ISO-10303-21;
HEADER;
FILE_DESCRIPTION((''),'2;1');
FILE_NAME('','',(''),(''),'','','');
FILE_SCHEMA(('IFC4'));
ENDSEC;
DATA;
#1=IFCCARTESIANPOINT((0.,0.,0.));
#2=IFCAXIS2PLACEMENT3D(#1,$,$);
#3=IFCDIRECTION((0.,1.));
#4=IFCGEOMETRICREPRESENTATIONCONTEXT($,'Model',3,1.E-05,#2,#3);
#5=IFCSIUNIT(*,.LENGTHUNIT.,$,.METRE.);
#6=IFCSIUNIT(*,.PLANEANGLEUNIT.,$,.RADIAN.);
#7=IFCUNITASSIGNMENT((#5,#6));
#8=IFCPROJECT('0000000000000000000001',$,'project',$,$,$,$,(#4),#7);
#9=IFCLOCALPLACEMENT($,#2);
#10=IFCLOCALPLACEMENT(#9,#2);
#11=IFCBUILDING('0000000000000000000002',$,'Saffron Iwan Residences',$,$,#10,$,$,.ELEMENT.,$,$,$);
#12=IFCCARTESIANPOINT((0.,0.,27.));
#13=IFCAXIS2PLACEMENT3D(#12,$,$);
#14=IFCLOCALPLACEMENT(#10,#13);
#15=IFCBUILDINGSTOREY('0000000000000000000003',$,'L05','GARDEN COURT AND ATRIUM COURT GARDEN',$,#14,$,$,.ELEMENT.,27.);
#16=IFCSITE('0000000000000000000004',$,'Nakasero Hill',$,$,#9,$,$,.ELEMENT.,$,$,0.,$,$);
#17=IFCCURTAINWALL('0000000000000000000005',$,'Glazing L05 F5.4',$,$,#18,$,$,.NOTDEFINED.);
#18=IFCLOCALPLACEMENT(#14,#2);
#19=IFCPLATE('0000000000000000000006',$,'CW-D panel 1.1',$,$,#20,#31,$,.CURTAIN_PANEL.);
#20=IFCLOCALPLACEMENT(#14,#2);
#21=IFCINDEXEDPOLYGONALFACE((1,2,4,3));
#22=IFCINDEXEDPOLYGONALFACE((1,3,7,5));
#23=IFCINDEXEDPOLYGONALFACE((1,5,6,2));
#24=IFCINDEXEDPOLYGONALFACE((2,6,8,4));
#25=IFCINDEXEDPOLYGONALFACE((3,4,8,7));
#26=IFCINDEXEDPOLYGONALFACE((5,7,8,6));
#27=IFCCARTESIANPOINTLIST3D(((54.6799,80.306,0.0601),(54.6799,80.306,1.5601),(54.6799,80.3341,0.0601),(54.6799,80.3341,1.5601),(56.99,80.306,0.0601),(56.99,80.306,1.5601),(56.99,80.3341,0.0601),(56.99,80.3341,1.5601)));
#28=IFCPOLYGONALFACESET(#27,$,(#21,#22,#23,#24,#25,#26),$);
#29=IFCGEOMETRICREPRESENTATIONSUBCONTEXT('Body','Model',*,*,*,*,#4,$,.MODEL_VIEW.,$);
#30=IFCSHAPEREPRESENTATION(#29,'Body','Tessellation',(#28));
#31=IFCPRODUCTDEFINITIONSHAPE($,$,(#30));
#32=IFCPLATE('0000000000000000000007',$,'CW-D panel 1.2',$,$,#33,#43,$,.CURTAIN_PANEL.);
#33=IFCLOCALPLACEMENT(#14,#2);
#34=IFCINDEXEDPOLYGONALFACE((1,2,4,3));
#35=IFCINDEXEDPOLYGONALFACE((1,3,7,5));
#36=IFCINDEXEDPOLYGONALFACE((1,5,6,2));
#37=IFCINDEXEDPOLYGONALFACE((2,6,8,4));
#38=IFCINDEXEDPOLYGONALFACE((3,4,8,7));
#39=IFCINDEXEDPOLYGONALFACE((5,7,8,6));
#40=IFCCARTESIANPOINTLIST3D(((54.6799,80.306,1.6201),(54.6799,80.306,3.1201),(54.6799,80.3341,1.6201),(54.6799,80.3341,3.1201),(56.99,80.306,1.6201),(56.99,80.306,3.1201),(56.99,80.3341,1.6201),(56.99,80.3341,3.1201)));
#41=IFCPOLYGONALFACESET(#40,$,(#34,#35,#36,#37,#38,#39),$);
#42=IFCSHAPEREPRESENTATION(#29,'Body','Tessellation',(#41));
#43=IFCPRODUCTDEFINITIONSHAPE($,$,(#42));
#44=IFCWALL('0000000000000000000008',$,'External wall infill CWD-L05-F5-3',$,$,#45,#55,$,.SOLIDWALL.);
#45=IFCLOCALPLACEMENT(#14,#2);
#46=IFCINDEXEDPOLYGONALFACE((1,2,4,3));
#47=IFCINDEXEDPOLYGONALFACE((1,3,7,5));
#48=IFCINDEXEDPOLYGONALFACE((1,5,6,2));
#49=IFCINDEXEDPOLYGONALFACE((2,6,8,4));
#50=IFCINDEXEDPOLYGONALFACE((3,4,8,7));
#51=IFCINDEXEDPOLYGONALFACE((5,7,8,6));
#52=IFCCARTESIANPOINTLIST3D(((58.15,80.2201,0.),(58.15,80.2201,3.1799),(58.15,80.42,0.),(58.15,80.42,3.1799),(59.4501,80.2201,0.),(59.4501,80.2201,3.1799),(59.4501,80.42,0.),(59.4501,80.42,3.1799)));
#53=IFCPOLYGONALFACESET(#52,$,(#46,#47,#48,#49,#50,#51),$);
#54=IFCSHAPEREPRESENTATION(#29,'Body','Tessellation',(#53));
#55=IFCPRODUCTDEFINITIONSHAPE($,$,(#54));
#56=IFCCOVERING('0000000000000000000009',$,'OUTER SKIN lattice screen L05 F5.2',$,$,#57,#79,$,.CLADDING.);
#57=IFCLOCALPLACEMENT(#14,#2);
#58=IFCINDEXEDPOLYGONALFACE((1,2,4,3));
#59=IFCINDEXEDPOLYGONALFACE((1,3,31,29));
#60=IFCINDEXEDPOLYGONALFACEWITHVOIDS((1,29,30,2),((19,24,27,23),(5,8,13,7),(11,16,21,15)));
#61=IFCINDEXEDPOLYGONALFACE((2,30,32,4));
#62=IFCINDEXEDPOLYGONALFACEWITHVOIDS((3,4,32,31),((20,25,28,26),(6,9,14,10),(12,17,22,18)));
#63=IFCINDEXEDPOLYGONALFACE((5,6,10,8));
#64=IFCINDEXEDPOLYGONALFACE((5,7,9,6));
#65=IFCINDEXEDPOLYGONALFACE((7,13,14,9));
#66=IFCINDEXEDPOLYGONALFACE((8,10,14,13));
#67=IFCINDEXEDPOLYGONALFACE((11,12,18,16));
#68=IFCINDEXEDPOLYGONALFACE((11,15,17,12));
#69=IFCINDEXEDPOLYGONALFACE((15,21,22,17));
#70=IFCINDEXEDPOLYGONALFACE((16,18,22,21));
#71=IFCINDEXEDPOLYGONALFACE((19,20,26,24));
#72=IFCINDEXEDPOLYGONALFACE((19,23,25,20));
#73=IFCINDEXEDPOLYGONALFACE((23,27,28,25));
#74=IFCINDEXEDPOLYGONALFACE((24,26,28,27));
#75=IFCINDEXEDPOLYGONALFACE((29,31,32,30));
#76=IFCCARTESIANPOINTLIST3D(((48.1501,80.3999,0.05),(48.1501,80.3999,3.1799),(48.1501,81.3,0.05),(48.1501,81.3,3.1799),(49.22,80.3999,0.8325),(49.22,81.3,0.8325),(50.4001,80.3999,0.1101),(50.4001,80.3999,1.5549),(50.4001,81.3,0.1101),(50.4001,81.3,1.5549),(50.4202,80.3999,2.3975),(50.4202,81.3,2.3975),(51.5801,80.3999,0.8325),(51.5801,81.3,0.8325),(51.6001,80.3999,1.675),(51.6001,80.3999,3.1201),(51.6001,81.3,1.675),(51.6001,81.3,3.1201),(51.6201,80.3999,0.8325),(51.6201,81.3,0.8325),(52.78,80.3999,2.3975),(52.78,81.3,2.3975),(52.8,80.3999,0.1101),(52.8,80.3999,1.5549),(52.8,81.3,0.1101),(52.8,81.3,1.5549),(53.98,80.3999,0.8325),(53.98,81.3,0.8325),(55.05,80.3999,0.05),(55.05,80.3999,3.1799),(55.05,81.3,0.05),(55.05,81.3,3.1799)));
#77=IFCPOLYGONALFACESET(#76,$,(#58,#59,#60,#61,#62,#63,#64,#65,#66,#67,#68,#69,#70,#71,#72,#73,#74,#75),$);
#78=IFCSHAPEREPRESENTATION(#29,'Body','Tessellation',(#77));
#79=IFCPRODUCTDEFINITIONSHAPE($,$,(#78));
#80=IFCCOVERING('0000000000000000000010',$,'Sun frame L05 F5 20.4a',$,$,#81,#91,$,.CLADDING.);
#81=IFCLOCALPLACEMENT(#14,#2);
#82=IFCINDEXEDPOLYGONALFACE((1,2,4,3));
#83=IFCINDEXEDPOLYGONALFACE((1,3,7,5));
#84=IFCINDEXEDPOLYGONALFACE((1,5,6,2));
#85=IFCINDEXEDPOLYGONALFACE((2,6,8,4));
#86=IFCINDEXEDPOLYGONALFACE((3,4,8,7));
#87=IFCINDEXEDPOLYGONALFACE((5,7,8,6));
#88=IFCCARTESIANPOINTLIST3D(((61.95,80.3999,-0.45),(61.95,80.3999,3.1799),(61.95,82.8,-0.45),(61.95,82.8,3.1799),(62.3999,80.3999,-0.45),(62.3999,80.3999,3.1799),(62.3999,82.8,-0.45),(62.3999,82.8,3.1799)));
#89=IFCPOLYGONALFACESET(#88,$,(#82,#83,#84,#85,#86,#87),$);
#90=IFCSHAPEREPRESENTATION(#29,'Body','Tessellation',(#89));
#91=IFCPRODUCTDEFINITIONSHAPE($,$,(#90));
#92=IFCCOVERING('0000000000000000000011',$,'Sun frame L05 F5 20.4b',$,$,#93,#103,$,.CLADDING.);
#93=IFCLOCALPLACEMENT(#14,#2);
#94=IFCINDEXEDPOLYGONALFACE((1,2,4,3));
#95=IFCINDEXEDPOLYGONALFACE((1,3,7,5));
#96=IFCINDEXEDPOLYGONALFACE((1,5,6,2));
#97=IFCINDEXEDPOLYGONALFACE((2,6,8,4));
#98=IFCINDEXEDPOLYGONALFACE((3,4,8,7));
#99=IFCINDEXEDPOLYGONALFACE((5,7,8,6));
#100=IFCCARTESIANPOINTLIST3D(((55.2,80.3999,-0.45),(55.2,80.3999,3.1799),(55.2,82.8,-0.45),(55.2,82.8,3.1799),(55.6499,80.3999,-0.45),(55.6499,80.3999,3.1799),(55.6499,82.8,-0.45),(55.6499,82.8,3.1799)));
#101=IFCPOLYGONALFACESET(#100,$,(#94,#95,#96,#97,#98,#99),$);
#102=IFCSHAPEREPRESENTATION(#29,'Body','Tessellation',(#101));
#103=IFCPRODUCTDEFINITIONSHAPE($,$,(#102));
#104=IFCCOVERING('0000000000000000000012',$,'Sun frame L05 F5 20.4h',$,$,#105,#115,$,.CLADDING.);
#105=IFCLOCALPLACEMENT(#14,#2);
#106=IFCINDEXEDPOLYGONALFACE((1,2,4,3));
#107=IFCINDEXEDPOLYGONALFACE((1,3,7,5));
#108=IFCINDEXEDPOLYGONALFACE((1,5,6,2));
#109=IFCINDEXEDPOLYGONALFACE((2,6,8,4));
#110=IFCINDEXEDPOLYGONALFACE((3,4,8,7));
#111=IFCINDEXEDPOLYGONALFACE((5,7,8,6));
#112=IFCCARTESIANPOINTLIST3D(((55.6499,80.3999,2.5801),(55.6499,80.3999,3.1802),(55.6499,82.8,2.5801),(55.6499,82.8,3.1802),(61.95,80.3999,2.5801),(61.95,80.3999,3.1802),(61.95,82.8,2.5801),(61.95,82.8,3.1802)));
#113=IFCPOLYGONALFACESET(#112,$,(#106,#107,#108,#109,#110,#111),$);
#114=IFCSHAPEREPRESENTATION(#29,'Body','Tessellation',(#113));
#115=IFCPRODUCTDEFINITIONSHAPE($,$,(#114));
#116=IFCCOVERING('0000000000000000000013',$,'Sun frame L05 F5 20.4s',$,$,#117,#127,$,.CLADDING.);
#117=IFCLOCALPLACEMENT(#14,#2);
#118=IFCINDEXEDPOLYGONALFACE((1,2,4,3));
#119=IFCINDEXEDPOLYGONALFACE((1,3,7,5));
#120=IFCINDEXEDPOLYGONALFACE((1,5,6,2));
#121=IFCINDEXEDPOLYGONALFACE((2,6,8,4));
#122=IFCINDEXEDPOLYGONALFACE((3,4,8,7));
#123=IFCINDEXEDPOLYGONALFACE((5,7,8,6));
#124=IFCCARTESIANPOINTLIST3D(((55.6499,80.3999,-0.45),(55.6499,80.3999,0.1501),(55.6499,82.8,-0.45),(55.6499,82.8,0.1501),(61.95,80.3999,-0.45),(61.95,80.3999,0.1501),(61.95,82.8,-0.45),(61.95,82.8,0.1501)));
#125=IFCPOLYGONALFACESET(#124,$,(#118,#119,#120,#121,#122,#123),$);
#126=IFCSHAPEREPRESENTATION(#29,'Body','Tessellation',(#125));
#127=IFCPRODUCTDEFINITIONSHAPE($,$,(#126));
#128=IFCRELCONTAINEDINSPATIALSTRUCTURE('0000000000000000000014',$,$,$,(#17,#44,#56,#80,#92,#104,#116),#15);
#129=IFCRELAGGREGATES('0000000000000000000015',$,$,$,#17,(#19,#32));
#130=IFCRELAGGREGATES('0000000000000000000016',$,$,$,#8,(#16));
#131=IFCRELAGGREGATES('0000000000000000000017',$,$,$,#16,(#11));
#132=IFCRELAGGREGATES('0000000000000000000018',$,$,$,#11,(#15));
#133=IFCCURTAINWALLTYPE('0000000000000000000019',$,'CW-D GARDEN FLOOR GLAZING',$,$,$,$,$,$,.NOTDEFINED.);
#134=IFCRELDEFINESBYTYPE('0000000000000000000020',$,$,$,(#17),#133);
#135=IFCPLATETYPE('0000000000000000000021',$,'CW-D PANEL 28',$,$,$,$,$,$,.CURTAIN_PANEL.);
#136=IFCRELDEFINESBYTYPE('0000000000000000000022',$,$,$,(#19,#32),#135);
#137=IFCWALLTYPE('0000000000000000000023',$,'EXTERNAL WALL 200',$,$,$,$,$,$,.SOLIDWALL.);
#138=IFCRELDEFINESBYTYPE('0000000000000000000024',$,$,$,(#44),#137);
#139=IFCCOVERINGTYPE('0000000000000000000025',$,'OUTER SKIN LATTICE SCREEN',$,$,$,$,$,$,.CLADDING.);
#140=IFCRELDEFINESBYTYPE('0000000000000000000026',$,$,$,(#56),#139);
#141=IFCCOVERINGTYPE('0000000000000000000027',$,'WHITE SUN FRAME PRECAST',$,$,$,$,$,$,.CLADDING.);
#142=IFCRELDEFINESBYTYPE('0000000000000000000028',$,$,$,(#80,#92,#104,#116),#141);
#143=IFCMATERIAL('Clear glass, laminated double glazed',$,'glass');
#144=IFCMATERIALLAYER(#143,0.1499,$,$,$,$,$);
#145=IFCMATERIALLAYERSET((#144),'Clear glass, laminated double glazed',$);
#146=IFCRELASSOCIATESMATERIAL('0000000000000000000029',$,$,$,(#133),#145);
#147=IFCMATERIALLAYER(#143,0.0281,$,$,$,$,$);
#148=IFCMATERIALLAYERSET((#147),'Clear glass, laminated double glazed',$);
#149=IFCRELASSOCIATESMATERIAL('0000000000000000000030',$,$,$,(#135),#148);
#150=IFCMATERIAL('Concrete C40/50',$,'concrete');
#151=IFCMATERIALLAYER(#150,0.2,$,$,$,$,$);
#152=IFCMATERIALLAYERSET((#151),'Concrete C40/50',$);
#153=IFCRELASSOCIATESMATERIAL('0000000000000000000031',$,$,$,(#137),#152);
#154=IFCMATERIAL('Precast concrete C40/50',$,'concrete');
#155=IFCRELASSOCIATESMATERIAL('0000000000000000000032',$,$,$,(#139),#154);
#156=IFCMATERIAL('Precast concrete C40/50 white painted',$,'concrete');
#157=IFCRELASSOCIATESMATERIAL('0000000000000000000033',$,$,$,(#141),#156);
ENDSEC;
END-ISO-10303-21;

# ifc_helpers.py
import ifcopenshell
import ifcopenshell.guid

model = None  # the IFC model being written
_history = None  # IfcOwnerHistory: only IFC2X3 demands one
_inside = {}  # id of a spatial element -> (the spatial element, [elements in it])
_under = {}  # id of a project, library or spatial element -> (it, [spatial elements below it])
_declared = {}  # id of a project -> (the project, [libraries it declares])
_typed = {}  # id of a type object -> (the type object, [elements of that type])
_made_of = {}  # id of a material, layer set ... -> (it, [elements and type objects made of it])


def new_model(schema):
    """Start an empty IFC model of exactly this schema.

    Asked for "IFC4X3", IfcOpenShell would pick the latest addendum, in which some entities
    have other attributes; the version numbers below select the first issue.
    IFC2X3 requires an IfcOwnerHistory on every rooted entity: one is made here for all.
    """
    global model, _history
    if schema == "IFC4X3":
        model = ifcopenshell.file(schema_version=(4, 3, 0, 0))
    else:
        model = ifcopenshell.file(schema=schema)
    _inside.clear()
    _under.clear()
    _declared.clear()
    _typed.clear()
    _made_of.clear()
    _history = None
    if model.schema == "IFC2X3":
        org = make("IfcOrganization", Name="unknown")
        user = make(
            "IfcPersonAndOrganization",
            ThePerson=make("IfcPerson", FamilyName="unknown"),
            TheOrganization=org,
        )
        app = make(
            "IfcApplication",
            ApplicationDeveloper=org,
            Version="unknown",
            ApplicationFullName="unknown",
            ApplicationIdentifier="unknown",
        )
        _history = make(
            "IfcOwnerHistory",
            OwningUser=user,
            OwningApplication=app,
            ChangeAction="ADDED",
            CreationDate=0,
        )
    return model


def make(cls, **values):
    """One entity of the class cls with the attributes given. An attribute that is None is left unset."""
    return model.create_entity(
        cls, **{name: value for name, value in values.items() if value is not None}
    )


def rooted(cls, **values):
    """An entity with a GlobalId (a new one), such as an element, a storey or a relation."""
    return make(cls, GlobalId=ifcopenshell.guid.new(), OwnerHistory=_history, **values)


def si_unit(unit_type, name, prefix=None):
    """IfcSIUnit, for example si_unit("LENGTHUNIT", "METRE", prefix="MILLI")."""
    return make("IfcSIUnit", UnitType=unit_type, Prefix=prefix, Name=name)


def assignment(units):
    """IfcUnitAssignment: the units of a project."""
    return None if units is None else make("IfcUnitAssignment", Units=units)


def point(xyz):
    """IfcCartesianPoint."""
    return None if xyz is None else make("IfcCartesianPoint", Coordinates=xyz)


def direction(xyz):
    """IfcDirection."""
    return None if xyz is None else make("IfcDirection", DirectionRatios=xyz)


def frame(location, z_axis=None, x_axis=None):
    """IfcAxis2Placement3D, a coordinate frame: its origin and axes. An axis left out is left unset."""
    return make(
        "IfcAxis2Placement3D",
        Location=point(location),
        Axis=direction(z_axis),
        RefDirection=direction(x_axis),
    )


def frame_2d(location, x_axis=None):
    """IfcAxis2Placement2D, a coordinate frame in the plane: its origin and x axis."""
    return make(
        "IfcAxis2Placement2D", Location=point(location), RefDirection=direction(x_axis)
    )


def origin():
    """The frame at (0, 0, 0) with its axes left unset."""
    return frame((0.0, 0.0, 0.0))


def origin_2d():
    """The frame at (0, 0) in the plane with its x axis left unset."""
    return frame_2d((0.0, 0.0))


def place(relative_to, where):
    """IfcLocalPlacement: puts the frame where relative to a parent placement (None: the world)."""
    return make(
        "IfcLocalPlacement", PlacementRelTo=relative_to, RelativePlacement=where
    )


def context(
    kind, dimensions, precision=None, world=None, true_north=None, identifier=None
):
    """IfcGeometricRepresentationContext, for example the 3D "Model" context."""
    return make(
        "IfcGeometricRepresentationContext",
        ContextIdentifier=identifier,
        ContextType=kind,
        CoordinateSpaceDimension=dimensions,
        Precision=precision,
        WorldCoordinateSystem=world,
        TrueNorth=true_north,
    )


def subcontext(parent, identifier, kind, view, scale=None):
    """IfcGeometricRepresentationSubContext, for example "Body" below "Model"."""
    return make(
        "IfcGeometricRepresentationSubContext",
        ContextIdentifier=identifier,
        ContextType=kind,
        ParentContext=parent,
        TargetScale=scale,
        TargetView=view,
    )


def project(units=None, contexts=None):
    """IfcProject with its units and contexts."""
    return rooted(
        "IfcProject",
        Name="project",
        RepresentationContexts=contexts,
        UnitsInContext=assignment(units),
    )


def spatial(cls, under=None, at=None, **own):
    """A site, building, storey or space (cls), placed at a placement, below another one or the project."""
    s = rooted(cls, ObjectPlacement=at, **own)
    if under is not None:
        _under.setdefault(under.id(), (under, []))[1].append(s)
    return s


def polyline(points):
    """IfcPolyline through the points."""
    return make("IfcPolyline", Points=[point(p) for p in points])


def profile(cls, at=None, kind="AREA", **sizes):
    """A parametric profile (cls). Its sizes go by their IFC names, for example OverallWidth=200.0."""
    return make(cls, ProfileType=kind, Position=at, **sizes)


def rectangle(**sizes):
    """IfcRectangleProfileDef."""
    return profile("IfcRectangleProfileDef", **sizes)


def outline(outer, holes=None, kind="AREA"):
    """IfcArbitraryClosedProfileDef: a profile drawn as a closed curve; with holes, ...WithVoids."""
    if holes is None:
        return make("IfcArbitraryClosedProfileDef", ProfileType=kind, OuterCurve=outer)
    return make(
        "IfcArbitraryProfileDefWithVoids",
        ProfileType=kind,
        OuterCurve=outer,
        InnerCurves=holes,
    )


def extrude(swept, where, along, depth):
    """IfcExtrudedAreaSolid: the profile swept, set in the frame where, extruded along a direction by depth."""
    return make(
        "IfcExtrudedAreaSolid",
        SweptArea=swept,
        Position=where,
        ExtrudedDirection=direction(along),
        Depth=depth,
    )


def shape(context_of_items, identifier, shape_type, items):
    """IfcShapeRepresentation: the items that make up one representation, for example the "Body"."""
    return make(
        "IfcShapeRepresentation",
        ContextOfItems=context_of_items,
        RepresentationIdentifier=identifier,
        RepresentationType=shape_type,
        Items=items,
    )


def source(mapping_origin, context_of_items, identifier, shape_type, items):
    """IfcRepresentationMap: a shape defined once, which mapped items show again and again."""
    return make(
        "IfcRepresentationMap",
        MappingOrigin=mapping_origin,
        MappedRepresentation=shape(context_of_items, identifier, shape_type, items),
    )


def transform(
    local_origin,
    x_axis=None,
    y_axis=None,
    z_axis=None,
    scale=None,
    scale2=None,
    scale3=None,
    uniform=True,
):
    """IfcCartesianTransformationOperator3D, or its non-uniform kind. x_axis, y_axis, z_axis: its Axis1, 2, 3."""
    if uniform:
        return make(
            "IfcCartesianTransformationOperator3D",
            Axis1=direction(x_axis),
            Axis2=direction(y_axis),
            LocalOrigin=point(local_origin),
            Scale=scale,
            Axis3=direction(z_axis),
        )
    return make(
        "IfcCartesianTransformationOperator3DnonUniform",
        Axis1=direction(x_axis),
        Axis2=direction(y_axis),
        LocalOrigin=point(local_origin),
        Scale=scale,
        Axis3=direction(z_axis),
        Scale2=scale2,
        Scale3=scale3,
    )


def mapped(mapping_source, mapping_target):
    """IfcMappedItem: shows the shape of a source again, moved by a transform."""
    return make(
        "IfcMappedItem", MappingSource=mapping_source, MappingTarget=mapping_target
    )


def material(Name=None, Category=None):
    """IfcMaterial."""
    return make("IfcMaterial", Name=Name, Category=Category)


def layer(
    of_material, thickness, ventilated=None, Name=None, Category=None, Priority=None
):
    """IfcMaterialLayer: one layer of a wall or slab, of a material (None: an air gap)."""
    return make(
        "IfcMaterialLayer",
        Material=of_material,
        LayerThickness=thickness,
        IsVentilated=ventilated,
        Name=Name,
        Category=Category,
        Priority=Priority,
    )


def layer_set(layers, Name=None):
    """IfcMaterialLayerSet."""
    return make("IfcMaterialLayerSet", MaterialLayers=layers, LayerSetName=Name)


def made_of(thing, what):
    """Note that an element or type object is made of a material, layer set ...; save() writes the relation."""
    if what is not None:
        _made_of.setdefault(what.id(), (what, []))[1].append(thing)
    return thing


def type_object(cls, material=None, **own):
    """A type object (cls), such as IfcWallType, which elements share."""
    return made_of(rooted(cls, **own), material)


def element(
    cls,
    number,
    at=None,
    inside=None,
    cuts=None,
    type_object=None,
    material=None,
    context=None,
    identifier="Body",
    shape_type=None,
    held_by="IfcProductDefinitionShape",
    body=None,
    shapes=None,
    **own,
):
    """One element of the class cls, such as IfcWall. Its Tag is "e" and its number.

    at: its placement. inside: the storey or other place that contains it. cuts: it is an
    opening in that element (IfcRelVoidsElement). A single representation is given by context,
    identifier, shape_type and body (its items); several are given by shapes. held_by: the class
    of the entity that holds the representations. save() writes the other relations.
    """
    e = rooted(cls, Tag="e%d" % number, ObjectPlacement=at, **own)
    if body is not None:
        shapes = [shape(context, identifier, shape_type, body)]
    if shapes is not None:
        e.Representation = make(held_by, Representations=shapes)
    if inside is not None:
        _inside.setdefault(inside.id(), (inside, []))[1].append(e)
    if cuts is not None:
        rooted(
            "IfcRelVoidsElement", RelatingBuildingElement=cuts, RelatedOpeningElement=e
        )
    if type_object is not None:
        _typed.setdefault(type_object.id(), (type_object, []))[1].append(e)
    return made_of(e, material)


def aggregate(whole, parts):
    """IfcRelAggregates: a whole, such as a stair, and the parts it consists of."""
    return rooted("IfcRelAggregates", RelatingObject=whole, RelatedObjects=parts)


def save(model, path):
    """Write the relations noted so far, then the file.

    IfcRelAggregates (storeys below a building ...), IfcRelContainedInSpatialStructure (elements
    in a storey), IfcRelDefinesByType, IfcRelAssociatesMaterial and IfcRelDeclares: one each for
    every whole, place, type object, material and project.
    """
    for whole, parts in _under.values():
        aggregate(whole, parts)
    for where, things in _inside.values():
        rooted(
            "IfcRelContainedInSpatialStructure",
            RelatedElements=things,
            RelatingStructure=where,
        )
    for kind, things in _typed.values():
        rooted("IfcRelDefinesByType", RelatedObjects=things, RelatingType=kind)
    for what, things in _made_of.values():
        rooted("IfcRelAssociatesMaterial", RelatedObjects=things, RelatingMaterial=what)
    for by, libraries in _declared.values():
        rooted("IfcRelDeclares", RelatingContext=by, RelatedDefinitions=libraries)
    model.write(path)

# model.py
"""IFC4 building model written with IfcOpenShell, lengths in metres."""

from ifc_helpers import new_model, si_unit, direction, frame, frame_2d, origin, origin_2d, place, context, subcontext, project, spatial, polyline, rectangle, outline, extrude, source, transform, mapped, material, layer, layer_set, type_object, element, aggregate, save


model = new_model("IFC4")

# Units and contexts
model_context = context("Model", 3, precision=1e-05, world=origin(), true_north=direction((0.0, 1.0)))
body_context = subcontext(model_context, "Body", "Model", "MODEL_VIEW")
ifc_project = project(units=[si_unit("LENGTHUNIT", "METRE"), si_unit("PLANEANGLEUNIT", "RADIAN")], contexts=[model_context])

# Site, building, storey
site_placement = place(None, origin())
site = spatial("IfcSite", under=ifc_project, at=site_placement, Name="Nakasero Hill", CompositionType="ELEMENT", RefElevation=0.0)
building_placement = place(site_placement, origin())
building = spatial("IfcBuilding", under=site, at=building_placement, Name="Saffron Iwan Residences", CompositionType="ELEMENT")
storey_placement = place(building_placement, frame((0.0, 0.0, 27.0)))
storey = spatial("IfcBuildingStorey", under=building, at=storey_placement, Name="L05", Description="GARDEN COURT AND ATRIUM COURT GARDEN", CompositionType="ELEMENT", Elevation=27.0)

# Curtain wall
ifc_material_1 = material(Name="Clear glass, laminated double glazed", Category="glass")
ifc_layer_1 = layer(ifc_material_1, 0.1499)
ifc_layer_set_1 = layer_set([ifc_layer_1], Name="Clear glass, laminated double glazed")
curtain_wall_type = type_object("IfcCurtainWallType", Name="CW-D GARDEN FLOOR GLAZING", PredefinedType="NOTDEFINED", material=ifc_layer_set_1)
curtain_wall_1_placement = place(storey_placement, origin())
curtain_wall_1 = element("IfcCurtainWall", 1, at=curtain_wall_1_placement, inside=storey, type_object=curtain_wall_type, Name="Glazing L05 F5.4", PredefinedType="NOTDEFINED")

# Plates
ifc_layer_2 = layer(ifc_material_1, 0.0281)
ifc_layer_set_2 = layer_set([ifc_layer_2], Name="Clear glass, laminated double glazed")
plate_type = type_object("IfcPlateType", Name="CW-D PANEL 28", PredefinedType="CURTAIN_PANEL", material=ifc_layer_set_2)
shared_shape_1 = source(origin(), body_context, "Body", "SweptSolid", [
    extrude(rectangle(XDim=2.3101, YDim=0.0281, at=origin_2d()), origin(), (0.0, 0.0, 1.0), 1.5),
])
plate_1_placement = place(storey_placement, frame((55.835, 80.3201, 0.0601), z_axis=(0.0, 0.0, 1.0), x_axis=(-1.0, 0.0, 0.0)))
plate_1 = element("IfcPlate", 2, at=plate_1_placement, type_object=plate_type, Name="CW-D panel 1.1", PredefinedType="CURTAIN_PANEL", context=body_context, shape_type="MappedRepresentation", body=[
    mapped(shared_shape_1, transform((0.0, 0.0, 0.0))),
])
plate_2_placement = place(storey_placement, frame((55.835, 80.3201, 1.6201), z_axis=(0.0, 0.0, 1.0), x_axis=(-1.0, 0.0, 0.0)))
plate_2 = element("IfcPlate", 3, at=plate_2_placement, type_object=plate_type, Name="CW-D panel 1.2", PredefinedType="CURTAIN_PANEL", context=body_context, shape_type="MappedRepresentation", body=[
    mapped(shared_shape_1, transform((0.0, 0.0, 0.0))),
])
aggregate(curtain_wall_1, [plate_1, plate_2])

# Wall
ifc_material_2 = material(Name="Concrete C40/50", Category="concrete")
ifc_layer_3 = layer(ifc_material_2, 0.2)
ifc_layer_set_3 = layer_set([ifc_layer_3], Name="Concrete C40/50")
wall_type = type_object("IfcWallType", Name="EXTERNAL WALL 200", PredefinedType="SOLIDWALL", material=ifc_layer_set_3)
wall_placement = place(storey_placement, frame((59.45, 80.3201, 0.0), z_axis=(0.0, 0.0, 1.0), x_axis=(-1.0, 0.0, 0.0)))
element("IfcWall", 4, at=wall_placement, inside=storey, type_object=wall_type, Name="External wall infill CWD-L05-F5-3", PredefinedType="SOLIDWALL", context=body_context, shape_type="SweptSolid", body=[
    extrude(rectangle(XDim=1.3, YDim=0.2, at=frame_2d((0.6499, 0.0))), origin(), (0.0, 0.0, 1.0), 3.1799),
])

# Coverings
ifc_material_3 = material(Name="Precast concrete C40/50", Category="concrete")
covering_type_1 = type_object("IfcCoveringType", Name="OUTER SKIN LATTICE SCREEN", PredefinedType="CLADDING", material=ifc_material_3)
covering_placement = place(storey_placement, frame((55.05, 80.3999, 0.05), z_axis=(0.0, 1.0, 0.0), x_axis=(-1.0, 0.0, 0.0)))
element("IfcCovering", 5, at=covering_placement, inside=storey, type_object=covering_type_1, Name="OUTER SKIN lattice screen L05 F5.2", PredefinedType="CLADDING", context=body_context, shape_type="SweptSolid", body=[
    extrude(outline(polyline([(0.0, 0.0), (6.8999, 0.0), (6.8999, 3.1299), (0.0, 3.1299), (0.0, 0.0)]), holes=[polyline([(1.0701, 0.7825), (2.25, 0.0601), (3.4299, 0.7825), (2.25, 1.5049), (1.0701, 0.7825)]), polyline([(3.47, 0.7825), (4.6499, 0.0601), (5.8301, 0.7825), (4.6499, 1.5049), (3.47, 0.7825)]), polyline([(2.27, 2.3474), (3.45, 1.625), (4.6299, 2.3474), (3.45, 3.0701), (2.27, 2.3474)])]), origin(), (0.0, 0.0, 1.0), 0.9001),
])
ifc_material_4 = material(Name="Precast concrete C40/50 white painted", Category="concrete")
covering_type_2 = type_object("IfcCoveringType", Name="WHITE SUN FRAME PRECAST", PredefinedType="CLADDING", material=ifc_material_4)
for number, where, z_axis, x_axis, name in (
    (6, (62.3999, 80.3999, -0.45), (0.0, 1.0, 0.0), (-1.0, 0.0, 0.0), "Sun frame L05 F5 20.4a"),
    (7, (55.6499, 80.3999, -0.45), (0.0, 1.0, 0.0), (-1.0, 0.0, 0.0), "Sun frame L05 F5 20.4b"),
):
    element("IfcCovering", number, at=place(storey_placement, frame(where, z_axis=z_axis, x_axis=x_axis)), inside=storey, type_object=covering_type_2, Name=name, PredefinedType="CLADDING", context=body_context, shape_type="SweptSolid", body=[
        extrude(outline(polyline([(0.0, 0.0), (0.45, 0.0), (0.45, 3.6299), (0.0, 3.6299), (0.0, 0.0)])), origin(), (0.0, 0.0, 1.0), 2.4001),
    ])
for number, where, z_axis, x_axis, name in (
    (8, (61.95, 80.3999, 2.5801), (0.0, 1.0, 0.0), (-1.0, 0.0, 0.0), "Sun frame L05 F5 20.4h"),
    (9, (61.95, 80.3999, -0.45), (0.0, 1.0, 0.0), (-1.0, 0.0, 0.0), "Sun frame L05 F5 20.4s"),
):
    element("IfcCovering", number, at=place(storey_placement, frame(where, z_axis=z_axis, x_axis=x_axis)), inside=storey, type_object=covering_type_2, Name=name, PredefinedType="CLADDING", context=body_context, shape_type="SweptSolid", body=[
        extrude(outline(polyline([(0.0, 0.0), (6.3, 0.0), (6.3, 0.6001), (0.0, 0.6001), (0.0, 0.0)])), origin(), (0.0, 0.0, 1.0), 2.4001),
    ])

save(model, "model.ifc")
